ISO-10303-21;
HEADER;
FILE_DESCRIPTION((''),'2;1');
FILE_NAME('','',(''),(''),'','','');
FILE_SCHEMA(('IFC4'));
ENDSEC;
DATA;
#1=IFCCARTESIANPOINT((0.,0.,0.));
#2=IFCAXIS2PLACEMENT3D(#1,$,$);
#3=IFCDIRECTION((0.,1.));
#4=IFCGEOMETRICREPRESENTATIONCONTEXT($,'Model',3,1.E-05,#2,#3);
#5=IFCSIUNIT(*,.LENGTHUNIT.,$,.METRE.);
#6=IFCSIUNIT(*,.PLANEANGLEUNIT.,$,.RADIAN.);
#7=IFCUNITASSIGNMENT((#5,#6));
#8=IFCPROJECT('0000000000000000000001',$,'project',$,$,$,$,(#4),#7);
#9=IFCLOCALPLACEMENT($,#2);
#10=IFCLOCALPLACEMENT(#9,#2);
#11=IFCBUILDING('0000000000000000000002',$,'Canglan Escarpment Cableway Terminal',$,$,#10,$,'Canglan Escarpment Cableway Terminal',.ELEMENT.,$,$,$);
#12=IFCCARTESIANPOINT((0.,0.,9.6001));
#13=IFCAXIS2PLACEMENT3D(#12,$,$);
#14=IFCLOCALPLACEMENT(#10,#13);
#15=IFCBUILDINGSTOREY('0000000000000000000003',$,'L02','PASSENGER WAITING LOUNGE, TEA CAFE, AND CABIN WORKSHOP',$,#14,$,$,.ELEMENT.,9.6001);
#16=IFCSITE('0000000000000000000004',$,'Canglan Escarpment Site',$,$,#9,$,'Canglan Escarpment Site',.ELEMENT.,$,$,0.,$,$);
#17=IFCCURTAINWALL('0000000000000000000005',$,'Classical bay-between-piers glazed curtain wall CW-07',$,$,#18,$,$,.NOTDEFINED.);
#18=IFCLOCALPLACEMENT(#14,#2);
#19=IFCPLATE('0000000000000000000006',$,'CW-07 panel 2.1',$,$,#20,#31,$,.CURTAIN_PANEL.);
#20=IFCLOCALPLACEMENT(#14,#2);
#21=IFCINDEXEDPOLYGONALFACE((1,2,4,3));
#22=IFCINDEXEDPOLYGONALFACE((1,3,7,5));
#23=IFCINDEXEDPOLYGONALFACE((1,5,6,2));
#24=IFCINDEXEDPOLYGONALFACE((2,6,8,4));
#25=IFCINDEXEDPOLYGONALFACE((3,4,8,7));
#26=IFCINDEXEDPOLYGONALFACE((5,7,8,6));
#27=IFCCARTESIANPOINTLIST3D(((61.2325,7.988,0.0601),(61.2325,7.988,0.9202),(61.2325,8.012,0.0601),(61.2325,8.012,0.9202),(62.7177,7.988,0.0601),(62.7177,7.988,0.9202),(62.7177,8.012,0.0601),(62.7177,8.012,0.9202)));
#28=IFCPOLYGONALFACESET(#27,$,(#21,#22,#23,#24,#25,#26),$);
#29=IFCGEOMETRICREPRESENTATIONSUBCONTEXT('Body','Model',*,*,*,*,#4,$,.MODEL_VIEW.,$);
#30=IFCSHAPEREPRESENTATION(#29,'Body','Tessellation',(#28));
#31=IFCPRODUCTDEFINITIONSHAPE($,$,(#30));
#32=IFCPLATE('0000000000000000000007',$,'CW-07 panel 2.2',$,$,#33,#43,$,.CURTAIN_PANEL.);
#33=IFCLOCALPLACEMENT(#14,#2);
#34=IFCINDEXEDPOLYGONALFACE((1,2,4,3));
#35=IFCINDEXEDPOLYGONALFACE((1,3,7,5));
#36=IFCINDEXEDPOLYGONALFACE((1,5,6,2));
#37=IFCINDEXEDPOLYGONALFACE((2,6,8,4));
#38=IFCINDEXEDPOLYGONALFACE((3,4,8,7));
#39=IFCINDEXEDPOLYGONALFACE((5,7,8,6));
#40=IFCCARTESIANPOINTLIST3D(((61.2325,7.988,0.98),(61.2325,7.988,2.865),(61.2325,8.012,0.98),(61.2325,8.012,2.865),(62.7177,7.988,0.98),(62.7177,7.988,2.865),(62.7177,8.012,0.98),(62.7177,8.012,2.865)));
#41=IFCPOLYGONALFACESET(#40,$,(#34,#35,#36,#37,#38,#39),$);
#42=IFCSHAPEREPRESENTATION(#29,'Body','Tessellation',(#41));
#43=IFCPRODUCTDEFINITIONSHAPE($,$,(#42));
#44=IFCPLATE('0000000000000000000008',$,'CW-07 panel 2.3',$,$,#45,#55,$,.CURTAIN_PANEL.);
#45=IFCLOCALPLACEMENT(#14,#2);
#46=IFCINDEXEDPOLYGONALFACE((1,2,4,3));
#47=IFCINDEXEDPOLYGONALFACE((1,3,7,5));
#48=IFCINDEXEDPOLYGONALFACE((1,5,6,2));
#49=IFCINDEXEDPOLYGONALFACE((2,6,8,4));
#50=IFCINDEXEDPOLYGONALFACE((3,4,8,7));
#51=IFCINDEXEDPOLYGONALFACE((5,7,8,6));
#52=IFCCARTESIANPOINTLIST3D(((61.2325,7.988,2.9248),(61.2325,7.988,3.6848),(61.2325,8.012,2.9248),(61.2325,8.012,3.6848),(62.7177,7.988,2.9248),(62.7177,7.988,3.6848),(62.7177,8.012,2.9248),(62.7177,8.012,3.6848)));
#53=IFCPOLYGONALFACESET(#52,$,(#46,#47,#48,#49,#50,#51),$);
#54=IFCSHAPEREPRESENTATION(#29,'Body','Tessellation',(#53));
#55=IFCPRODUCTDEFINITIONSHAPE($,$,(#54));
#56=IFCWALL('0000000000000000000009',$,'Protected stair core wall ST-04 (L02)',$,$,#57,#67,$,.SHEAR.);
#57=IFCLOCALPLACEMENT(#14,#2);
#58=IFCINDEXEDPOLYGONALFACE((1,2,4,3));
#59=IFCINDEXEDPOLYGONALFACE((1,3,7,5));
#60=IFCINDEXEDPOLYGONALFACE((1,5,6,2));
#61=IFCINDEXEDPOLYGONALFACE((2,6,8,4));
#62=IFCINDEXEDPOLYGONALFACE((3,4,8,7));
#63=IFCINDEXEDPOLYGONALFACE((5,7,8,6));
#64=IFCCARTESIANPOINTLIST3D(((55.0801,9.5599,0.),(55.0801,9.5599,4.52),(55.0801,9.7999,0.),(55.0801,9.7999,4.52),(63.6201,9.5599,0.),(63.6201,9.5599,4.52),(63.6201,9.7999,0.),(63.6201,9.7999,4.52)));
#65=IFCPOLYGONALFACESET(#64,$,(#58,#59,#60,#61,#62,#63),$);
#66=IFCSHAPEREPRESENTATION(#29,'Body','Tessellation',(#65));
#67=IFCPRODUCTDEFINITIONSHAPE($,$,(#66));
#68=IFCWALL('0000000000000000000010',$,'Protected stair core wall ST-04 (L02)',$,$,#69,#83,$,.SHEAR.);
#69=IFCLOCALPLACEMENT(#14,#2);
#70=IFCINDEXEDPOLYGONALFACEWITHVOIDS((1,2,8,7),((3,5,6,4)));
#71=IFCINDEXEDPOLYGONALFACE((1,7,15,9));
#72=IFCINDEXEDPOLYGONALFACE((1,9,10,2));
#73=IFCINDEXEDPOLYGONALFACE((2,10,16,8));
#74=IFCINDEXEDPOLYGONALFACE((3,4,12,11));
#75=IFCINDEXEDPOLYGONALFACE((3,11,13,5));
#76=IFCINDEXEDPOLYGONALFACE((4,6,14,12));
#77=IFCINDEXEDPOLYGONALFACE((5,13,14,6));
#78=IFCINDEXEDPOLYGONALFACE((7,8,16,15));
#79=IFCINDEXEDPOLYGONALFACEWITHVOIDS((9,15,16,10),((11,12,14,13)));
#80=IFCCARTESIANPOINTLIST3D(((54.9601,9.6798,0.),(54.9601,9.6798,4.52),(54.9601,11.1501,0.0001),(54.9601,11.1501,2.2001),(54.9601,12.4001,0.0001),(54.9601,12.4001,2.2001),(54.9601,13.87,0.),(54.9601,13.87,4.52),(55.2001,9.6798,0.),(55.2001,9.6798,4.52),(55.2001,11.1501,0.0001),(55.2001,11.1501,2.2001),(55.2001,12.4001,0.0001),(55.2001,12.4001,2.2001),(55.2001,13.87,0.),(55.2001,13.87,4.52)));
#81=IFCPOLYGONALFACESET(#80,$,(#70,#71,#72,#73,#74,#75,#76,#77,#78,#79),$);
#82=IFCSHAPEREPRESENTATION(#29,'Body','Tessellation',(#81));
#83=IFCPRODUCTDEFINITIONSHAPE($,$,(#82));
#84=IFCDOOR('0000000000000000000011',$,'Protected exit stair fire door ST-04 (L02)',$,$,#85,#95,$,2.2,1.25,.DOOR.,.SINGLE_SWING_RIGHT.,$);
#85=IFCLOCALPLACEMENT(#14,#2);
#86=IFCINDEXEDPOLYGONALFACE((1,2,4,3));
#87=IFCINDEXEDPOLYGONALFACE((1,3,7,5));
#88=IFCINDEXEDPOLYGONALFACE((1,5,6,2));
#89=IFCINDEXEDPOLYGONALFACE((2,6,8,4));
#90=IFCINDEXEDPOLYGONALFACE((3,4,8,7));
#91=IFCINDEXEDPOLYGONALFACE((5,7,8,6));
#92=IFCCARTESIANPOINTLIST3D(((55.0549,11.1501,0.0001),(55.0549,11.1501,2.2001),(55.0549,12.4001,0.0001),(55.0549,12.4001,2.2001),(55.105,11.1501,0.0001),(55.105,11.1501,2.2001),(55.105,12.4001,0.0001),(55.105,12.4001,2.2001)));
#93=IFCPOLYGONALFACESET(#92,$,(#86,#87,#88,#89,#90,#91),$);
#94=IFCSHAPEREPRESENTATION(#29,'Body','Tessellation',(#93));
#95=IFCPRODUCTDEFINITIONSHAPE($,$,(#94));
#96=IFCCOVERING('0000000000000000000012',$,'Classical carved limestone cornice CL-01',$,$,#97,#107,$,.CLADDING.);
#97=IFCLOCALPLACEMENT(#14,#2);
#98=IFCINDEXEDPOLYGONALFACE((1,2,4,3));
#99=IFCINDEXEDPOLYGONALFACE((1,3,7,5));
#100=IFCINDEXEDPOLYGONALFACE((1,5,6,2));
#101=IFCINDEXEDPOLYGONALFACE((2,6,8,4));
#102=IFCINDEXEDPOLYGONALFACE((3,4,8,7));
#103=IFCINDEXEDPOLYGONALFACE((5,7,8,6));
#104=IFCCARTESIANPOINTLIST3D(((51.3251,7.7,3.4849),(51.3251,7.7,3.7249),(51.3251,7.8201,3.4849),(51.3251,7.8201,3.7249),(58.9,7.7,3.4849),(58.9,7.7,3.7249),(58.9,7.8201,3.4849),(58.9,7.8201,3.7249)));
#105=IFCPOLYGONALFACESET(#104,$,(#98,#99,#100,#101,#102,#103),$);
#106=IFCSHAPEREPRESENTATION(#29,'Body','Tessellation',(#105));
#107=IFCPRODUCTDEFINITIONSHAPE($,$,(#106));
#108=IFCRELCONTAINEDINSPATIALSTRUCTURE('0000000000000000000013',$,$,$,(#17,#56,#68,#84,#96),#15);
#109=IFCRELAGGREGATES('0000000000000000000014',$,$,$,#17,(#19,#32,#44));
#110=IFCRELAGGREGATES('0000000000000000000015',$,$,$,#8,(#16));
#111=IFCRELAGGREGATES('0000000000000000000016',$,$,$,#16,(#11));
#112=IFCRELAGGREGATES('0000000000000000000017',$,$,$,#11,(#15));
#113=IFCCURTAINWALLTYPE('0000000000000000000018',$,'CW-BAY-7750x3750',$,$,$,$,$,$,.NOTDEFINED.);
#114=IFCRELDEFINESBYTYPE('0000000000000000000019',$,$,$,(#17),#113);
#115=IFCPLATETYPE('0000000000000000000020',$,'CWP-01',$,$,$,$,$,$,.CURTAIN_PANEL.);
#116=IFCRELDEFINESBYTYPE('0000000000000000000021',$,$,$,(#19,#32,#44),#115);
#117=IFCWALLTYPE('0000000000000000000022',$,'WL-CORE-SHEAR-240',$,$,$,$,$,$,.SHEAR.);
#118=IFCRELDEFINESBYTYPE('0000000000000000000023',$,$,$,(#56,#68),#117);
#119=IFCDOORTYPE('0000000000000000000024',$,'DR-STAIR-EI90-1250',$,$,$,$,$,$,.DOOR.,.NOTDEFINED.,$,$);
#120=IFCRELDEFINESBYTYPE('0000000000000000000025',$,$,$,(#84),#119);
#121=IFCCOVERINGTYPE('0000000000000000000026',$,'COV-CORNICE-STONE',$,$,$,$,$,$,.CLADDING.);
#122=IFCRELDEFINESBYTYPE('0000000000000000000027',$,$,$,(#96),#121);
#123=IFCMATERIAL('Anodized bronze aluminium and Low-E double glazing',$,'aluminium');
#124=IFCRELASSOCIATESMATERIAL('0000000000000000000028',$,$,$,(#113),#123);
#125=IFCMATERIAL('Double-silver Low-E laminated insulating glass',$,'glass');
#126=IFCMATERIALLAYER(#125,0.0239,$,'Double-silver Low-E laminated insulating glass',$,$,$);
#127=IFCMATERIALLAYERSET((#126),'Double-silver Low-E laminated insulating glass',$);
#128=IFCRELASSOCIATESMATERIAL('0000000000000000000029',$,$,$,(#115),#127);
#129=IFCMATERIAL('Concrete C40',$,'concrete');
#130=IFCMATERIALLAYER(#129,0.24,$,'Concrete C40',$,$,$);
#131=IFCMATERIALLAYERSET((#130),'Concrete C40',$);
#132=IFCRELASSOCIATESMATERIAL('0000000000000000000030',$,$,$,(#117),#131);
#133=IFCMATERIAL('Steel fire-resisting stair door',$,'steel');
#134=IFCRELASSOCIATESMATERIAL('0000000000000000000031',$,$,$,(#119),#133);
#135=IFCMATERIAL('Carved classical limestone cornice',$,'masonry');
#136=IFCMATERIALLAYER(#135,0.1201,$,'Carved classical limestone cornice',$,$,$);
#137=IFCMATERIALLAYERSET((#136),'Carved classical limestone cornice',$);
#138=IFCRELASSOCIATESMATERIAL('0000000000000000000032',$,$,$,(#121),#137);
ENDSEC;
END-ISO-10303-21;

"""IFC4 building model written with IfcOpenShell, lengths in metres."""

from ifc_helpers import new_model, si_unit, direction, frame, frame_2d, origin, origin_2d, place, context, subcontext, project, spatial, rectangle, extrude, material, layer, layer_set, type_object, element, fill, aggregate, save


model = new_model("IFC4")

# Units and contexts
model_context = context("Model", 3, precision=1e-05, world=origin(), true_north=direction((0.0, 1.0)))
body_context = subcontext(model_context, "Body", "Model", "MODEL_VIEW")
ifc_project = project(units=[si_unit("LENGTHUNIT", "METRE"), si_unit("PLANEANGLEUNIT", "RADIAN")], contexts=[model_context])

# Site, building, storey
site_placement = place(None, origin())
site = spatial("IfcSite", under=ifc_project, at=site_placement, Name="Canglan Escarpment Site", LongName="Canglan Escarpment Site", CompositionType="ELEMENT", RefElevation=0.0)
building_placement = place(site_placement, origin())
building = spatial("IfcBuilding", under=site, at=building_placement, Name="Canglan Escarpment Cableway Terminal", LongName="Canglan Escarpment Cableway Terminal", CompositionType="ELEMENT")
storey_placement = place(building_placement, frame((0.0, 0.0, 9.6001)))
storey = spatial("IfcBuildingStorey", under=building, at=storey_placement, Name="L02", Description="PASSENGER WAITING LOUNGE, TEA CAFE, AND CABIN WORKSHOP", CompositionType="ELEMENT", Elevation=9.6001)

# Shared definitions
ifc_material_1 = material(Name="Concrete C40", Category="concrete")

# Curtain wall
ifc_material_2 = material(Name="Anodized bronze aluminium and Low-E double glazing", Category="aluminium")
curtain_wall_type = type_object("IfcCurtainWallType", Name="CW-BAY-7750x3750", PredefinedType="NOTDEFINED", material=ifc_material_2)
curtain_wall_placement = place(storey_placement, origin())
curtain_wall = element("IfcCurtainWall", 1, at=curtain_wall_placement, inside=storey, type_object=curtain_wall_type, Name="Classical bay-between-piers glazed curtain wall CW-07", PredefinedType="NOTDEFINED")

# Plates
ifc_material_3 = material(Name="Double-silver Low-E laminated insulating glass", Category="glass")
ifc_layer_1 = layer(ifc_material_3, 0.0239, Name="Double-silver Low-E laminated insulating glass")
ifc_layer_set_1 = layer_set([ifc_layer_1], Name="Double-silver Low-E laminated insulating glass")
plate_type = type_object("IfcPlateType", Name="CWP-01", PredefinedType="CURTAIN_PANEL", material=ifc_layer_set_1)
plate_1_placement = place(storey_placement, frame((61.9751, 8.0, 0.0601), z_axis=(0.0, 0.0, 1.0), x_axis=(1.0, 0.0, 0.0)))
plate_1 = element("IfcPlate", 2, at=plate_1_placement, type_object=plate_type, Name="CW-07 panel 2.1", PredefinedType="CURTAIN_PANEL", context=body_context, shape_type="SweptSolid", body=[
    extrude(rectangle(XDim=1.4851, YDim=0.0239, at=origin_2d()), origin(), (0.0, 0.0, 1.0), 0.8601),
])
plate_2_placement = place(storey_placement, frame((61.9751, 8.0, 0.98), z_axis=(0.0, 0.0, 1.0), x_axis=(1.0, 0.0, 0.0)))
plate_2 = element("IfcPlate", 3, at=plate_2_placement, type_object=plate_type, Name="CW-07 panel 2.2", PredefinedType="CURTAIN_PANEL", context=body_context, shape_type="SweptSolid", body=[
    extrude(rectangle(XDim=1.4851, YDim=0.0239, at=origin_2d()), origin(), (0.0, 0.0, 1.0), 1.885),
])
plate_3_placement = place(storey_placement, frame((61.9751, 8.0, 2.9248), z_axis=(0.0, 0.0, 1.0), x_axis=(1.0, 0.0, 0.0)))
plate_3 = element("IfcPlate", 4, at=plate_3_placement, type_object=plate_type, Name="CW-07 panel 2.3", PredefinedType="CURTAIN_PANEL", context=body_context, shape_type="SweptSolid", body=[
    extrude(rectangle(XDim=1.4851, YDim=0.0239, at=origin_2d()), origin(), (0.0, 0.0, 1.0), 0.76),
])
aggregate(curtain_wall, [plate_1, plate_2, plate_3])

# Wall
ifc_layer_2 = layer(ifc_material_1, 0.24, Name="Concrete C40")
ifc_layer_set_2 = layer_set([ifc_layer_2], Name="Concrete C40")
wall_type = type_object("IfcWallType", Name="WL-CORE-SHEAR-240", PredefinedType="SHEAR", material=ifc_layer_set_2)
wall_1_placement = place(storey_placement, frame((55.0801, 9.6799, 0.0), z_axis=(0.0, 0.0, 1.0), x_axis=(1.0, 0.0, 0.0)))
element("IfcWall", 5, at=wall_1_placement, inside=storey, type_object=wall_type, Name="Protected stair core wall ST-04 (L02)", PredefinedType="SHEAR", context=body_context, shape_type="SweptSolid", body=[
    extrude(rectangle(XDim=8.54, YDim=0.24, at=frame_2d((4.27, 0.0))), origin(), (0.0, 0.0, 1.0), 4.52),
])

# Wall, opening, door
wall_2_placement = place(storey_placement, frame((55.0801, 13.8701, 0.0), z_axis=(0.0, 0.0, 1.0), x_axis=(0.0, -1.0, 0.0)))
wall_2 = element("IfcWall", 6, at=wall_2_placement, inside=storey, type_object=wall_type, Name="Protected stair core wall ST-04 (L02)", PredefinedType="SHEAR", context=body_context, shape_type="SweptSolid", body=[
    extrude(rectangle(XDim=4.1902, YDim=0.24, at=frame_2d((2.0952, 0.0))), origin(), (0.0, 0.0, 1.0), 4.52),
])
opening_placement = place(wall_2_placement, frame((1.47, 0.0, 0.0)))
opening = element("IfcOpeningElement", 7, at=opening_placement, cuts=wall_2, PredefinedType="OPENING", context=body_context, shape_type="SweptSolid", body=[
    extrude(rectangle(XDim=1.25, YDim=2.2, at=frame_2d((0.625, 1.1001))), frame((0.0, 0.1299, 0.0), z_axis=(0.0, -1.0, 0.0), x_axis=(1.0, 0.0, 0.0)), (0.0, 0.0, 1.0), 0.26),
])
ifc_material_4 = material(Name="Steel fire-resisting stair door", Category="steel")
door_type = type_object("IfcDoorType", Name="DR-STAIR-EI90-1250", OperationType="NOTDEFINED", PredefinedType="DOOR", material=ifc_material_4)
door_placement = place(opening_placement, origin())
door = element("IfcDoor", 8, at=door_placement, inside=storey, type_object=door_type, Name="Protected exit stair fire door ST-04 (L02)", OperationType="SINGLE_SWING_RIGHT", OverallHeight=2.2, OverallWidth=1.25, PredefinedType="DOOR", context=body_context, shape_type="SweptSolid", body=[
    extrude(rectangle(XDim=1.25, YDim=2.2, at=frame_2d((0.625, 1.1001))), frame((0.0, 0.0249, 0.0), z_axis=(0.0, -1.0, 0.0), x_axis=(1.0, 0.0, 0.0)), (0.0, 0.0, 1.0), 0.05),
])
fill(opening, door)

# Covering
ifc_material_5 = material(Name="Carved classical limestone cornice", Category="masonry")
ifc_layer_3 = layer(ifc_material_5, 0.1201, Name="Carved classical limestone cornice")
ifc_layer_set_3 = layer_set([ifc_layer_3], Name="Carved classical limestone cornice")
covering_type = type_object("IfcCoveringType", Name="COV-CORNICE-STONE", PredefinedType="CLADDING", material=ifc_layer_set_3)
covering_placement = place(storey_placement, frame((55.1125, 7.76, 3.4849), z_axis=(0.0, 0.0, 1.0), x_axis=(1.0, 0.0, 0.0)))
element("IfcCovering", 9, at=covering_placement, inside=storey, type_object=covering_type, Name="Classical carved limestone cornice CL-01", PredefinedType="CLADDING", context=body_context, shape_type="SweptSolid", body=[
    extrude(rectangle(XDim=7.575, YDim=0.1201, at=origin_2d()), origin(), (0.0, 0.0, 1.0), 0.24),
])

save(model, "model.ifc")
